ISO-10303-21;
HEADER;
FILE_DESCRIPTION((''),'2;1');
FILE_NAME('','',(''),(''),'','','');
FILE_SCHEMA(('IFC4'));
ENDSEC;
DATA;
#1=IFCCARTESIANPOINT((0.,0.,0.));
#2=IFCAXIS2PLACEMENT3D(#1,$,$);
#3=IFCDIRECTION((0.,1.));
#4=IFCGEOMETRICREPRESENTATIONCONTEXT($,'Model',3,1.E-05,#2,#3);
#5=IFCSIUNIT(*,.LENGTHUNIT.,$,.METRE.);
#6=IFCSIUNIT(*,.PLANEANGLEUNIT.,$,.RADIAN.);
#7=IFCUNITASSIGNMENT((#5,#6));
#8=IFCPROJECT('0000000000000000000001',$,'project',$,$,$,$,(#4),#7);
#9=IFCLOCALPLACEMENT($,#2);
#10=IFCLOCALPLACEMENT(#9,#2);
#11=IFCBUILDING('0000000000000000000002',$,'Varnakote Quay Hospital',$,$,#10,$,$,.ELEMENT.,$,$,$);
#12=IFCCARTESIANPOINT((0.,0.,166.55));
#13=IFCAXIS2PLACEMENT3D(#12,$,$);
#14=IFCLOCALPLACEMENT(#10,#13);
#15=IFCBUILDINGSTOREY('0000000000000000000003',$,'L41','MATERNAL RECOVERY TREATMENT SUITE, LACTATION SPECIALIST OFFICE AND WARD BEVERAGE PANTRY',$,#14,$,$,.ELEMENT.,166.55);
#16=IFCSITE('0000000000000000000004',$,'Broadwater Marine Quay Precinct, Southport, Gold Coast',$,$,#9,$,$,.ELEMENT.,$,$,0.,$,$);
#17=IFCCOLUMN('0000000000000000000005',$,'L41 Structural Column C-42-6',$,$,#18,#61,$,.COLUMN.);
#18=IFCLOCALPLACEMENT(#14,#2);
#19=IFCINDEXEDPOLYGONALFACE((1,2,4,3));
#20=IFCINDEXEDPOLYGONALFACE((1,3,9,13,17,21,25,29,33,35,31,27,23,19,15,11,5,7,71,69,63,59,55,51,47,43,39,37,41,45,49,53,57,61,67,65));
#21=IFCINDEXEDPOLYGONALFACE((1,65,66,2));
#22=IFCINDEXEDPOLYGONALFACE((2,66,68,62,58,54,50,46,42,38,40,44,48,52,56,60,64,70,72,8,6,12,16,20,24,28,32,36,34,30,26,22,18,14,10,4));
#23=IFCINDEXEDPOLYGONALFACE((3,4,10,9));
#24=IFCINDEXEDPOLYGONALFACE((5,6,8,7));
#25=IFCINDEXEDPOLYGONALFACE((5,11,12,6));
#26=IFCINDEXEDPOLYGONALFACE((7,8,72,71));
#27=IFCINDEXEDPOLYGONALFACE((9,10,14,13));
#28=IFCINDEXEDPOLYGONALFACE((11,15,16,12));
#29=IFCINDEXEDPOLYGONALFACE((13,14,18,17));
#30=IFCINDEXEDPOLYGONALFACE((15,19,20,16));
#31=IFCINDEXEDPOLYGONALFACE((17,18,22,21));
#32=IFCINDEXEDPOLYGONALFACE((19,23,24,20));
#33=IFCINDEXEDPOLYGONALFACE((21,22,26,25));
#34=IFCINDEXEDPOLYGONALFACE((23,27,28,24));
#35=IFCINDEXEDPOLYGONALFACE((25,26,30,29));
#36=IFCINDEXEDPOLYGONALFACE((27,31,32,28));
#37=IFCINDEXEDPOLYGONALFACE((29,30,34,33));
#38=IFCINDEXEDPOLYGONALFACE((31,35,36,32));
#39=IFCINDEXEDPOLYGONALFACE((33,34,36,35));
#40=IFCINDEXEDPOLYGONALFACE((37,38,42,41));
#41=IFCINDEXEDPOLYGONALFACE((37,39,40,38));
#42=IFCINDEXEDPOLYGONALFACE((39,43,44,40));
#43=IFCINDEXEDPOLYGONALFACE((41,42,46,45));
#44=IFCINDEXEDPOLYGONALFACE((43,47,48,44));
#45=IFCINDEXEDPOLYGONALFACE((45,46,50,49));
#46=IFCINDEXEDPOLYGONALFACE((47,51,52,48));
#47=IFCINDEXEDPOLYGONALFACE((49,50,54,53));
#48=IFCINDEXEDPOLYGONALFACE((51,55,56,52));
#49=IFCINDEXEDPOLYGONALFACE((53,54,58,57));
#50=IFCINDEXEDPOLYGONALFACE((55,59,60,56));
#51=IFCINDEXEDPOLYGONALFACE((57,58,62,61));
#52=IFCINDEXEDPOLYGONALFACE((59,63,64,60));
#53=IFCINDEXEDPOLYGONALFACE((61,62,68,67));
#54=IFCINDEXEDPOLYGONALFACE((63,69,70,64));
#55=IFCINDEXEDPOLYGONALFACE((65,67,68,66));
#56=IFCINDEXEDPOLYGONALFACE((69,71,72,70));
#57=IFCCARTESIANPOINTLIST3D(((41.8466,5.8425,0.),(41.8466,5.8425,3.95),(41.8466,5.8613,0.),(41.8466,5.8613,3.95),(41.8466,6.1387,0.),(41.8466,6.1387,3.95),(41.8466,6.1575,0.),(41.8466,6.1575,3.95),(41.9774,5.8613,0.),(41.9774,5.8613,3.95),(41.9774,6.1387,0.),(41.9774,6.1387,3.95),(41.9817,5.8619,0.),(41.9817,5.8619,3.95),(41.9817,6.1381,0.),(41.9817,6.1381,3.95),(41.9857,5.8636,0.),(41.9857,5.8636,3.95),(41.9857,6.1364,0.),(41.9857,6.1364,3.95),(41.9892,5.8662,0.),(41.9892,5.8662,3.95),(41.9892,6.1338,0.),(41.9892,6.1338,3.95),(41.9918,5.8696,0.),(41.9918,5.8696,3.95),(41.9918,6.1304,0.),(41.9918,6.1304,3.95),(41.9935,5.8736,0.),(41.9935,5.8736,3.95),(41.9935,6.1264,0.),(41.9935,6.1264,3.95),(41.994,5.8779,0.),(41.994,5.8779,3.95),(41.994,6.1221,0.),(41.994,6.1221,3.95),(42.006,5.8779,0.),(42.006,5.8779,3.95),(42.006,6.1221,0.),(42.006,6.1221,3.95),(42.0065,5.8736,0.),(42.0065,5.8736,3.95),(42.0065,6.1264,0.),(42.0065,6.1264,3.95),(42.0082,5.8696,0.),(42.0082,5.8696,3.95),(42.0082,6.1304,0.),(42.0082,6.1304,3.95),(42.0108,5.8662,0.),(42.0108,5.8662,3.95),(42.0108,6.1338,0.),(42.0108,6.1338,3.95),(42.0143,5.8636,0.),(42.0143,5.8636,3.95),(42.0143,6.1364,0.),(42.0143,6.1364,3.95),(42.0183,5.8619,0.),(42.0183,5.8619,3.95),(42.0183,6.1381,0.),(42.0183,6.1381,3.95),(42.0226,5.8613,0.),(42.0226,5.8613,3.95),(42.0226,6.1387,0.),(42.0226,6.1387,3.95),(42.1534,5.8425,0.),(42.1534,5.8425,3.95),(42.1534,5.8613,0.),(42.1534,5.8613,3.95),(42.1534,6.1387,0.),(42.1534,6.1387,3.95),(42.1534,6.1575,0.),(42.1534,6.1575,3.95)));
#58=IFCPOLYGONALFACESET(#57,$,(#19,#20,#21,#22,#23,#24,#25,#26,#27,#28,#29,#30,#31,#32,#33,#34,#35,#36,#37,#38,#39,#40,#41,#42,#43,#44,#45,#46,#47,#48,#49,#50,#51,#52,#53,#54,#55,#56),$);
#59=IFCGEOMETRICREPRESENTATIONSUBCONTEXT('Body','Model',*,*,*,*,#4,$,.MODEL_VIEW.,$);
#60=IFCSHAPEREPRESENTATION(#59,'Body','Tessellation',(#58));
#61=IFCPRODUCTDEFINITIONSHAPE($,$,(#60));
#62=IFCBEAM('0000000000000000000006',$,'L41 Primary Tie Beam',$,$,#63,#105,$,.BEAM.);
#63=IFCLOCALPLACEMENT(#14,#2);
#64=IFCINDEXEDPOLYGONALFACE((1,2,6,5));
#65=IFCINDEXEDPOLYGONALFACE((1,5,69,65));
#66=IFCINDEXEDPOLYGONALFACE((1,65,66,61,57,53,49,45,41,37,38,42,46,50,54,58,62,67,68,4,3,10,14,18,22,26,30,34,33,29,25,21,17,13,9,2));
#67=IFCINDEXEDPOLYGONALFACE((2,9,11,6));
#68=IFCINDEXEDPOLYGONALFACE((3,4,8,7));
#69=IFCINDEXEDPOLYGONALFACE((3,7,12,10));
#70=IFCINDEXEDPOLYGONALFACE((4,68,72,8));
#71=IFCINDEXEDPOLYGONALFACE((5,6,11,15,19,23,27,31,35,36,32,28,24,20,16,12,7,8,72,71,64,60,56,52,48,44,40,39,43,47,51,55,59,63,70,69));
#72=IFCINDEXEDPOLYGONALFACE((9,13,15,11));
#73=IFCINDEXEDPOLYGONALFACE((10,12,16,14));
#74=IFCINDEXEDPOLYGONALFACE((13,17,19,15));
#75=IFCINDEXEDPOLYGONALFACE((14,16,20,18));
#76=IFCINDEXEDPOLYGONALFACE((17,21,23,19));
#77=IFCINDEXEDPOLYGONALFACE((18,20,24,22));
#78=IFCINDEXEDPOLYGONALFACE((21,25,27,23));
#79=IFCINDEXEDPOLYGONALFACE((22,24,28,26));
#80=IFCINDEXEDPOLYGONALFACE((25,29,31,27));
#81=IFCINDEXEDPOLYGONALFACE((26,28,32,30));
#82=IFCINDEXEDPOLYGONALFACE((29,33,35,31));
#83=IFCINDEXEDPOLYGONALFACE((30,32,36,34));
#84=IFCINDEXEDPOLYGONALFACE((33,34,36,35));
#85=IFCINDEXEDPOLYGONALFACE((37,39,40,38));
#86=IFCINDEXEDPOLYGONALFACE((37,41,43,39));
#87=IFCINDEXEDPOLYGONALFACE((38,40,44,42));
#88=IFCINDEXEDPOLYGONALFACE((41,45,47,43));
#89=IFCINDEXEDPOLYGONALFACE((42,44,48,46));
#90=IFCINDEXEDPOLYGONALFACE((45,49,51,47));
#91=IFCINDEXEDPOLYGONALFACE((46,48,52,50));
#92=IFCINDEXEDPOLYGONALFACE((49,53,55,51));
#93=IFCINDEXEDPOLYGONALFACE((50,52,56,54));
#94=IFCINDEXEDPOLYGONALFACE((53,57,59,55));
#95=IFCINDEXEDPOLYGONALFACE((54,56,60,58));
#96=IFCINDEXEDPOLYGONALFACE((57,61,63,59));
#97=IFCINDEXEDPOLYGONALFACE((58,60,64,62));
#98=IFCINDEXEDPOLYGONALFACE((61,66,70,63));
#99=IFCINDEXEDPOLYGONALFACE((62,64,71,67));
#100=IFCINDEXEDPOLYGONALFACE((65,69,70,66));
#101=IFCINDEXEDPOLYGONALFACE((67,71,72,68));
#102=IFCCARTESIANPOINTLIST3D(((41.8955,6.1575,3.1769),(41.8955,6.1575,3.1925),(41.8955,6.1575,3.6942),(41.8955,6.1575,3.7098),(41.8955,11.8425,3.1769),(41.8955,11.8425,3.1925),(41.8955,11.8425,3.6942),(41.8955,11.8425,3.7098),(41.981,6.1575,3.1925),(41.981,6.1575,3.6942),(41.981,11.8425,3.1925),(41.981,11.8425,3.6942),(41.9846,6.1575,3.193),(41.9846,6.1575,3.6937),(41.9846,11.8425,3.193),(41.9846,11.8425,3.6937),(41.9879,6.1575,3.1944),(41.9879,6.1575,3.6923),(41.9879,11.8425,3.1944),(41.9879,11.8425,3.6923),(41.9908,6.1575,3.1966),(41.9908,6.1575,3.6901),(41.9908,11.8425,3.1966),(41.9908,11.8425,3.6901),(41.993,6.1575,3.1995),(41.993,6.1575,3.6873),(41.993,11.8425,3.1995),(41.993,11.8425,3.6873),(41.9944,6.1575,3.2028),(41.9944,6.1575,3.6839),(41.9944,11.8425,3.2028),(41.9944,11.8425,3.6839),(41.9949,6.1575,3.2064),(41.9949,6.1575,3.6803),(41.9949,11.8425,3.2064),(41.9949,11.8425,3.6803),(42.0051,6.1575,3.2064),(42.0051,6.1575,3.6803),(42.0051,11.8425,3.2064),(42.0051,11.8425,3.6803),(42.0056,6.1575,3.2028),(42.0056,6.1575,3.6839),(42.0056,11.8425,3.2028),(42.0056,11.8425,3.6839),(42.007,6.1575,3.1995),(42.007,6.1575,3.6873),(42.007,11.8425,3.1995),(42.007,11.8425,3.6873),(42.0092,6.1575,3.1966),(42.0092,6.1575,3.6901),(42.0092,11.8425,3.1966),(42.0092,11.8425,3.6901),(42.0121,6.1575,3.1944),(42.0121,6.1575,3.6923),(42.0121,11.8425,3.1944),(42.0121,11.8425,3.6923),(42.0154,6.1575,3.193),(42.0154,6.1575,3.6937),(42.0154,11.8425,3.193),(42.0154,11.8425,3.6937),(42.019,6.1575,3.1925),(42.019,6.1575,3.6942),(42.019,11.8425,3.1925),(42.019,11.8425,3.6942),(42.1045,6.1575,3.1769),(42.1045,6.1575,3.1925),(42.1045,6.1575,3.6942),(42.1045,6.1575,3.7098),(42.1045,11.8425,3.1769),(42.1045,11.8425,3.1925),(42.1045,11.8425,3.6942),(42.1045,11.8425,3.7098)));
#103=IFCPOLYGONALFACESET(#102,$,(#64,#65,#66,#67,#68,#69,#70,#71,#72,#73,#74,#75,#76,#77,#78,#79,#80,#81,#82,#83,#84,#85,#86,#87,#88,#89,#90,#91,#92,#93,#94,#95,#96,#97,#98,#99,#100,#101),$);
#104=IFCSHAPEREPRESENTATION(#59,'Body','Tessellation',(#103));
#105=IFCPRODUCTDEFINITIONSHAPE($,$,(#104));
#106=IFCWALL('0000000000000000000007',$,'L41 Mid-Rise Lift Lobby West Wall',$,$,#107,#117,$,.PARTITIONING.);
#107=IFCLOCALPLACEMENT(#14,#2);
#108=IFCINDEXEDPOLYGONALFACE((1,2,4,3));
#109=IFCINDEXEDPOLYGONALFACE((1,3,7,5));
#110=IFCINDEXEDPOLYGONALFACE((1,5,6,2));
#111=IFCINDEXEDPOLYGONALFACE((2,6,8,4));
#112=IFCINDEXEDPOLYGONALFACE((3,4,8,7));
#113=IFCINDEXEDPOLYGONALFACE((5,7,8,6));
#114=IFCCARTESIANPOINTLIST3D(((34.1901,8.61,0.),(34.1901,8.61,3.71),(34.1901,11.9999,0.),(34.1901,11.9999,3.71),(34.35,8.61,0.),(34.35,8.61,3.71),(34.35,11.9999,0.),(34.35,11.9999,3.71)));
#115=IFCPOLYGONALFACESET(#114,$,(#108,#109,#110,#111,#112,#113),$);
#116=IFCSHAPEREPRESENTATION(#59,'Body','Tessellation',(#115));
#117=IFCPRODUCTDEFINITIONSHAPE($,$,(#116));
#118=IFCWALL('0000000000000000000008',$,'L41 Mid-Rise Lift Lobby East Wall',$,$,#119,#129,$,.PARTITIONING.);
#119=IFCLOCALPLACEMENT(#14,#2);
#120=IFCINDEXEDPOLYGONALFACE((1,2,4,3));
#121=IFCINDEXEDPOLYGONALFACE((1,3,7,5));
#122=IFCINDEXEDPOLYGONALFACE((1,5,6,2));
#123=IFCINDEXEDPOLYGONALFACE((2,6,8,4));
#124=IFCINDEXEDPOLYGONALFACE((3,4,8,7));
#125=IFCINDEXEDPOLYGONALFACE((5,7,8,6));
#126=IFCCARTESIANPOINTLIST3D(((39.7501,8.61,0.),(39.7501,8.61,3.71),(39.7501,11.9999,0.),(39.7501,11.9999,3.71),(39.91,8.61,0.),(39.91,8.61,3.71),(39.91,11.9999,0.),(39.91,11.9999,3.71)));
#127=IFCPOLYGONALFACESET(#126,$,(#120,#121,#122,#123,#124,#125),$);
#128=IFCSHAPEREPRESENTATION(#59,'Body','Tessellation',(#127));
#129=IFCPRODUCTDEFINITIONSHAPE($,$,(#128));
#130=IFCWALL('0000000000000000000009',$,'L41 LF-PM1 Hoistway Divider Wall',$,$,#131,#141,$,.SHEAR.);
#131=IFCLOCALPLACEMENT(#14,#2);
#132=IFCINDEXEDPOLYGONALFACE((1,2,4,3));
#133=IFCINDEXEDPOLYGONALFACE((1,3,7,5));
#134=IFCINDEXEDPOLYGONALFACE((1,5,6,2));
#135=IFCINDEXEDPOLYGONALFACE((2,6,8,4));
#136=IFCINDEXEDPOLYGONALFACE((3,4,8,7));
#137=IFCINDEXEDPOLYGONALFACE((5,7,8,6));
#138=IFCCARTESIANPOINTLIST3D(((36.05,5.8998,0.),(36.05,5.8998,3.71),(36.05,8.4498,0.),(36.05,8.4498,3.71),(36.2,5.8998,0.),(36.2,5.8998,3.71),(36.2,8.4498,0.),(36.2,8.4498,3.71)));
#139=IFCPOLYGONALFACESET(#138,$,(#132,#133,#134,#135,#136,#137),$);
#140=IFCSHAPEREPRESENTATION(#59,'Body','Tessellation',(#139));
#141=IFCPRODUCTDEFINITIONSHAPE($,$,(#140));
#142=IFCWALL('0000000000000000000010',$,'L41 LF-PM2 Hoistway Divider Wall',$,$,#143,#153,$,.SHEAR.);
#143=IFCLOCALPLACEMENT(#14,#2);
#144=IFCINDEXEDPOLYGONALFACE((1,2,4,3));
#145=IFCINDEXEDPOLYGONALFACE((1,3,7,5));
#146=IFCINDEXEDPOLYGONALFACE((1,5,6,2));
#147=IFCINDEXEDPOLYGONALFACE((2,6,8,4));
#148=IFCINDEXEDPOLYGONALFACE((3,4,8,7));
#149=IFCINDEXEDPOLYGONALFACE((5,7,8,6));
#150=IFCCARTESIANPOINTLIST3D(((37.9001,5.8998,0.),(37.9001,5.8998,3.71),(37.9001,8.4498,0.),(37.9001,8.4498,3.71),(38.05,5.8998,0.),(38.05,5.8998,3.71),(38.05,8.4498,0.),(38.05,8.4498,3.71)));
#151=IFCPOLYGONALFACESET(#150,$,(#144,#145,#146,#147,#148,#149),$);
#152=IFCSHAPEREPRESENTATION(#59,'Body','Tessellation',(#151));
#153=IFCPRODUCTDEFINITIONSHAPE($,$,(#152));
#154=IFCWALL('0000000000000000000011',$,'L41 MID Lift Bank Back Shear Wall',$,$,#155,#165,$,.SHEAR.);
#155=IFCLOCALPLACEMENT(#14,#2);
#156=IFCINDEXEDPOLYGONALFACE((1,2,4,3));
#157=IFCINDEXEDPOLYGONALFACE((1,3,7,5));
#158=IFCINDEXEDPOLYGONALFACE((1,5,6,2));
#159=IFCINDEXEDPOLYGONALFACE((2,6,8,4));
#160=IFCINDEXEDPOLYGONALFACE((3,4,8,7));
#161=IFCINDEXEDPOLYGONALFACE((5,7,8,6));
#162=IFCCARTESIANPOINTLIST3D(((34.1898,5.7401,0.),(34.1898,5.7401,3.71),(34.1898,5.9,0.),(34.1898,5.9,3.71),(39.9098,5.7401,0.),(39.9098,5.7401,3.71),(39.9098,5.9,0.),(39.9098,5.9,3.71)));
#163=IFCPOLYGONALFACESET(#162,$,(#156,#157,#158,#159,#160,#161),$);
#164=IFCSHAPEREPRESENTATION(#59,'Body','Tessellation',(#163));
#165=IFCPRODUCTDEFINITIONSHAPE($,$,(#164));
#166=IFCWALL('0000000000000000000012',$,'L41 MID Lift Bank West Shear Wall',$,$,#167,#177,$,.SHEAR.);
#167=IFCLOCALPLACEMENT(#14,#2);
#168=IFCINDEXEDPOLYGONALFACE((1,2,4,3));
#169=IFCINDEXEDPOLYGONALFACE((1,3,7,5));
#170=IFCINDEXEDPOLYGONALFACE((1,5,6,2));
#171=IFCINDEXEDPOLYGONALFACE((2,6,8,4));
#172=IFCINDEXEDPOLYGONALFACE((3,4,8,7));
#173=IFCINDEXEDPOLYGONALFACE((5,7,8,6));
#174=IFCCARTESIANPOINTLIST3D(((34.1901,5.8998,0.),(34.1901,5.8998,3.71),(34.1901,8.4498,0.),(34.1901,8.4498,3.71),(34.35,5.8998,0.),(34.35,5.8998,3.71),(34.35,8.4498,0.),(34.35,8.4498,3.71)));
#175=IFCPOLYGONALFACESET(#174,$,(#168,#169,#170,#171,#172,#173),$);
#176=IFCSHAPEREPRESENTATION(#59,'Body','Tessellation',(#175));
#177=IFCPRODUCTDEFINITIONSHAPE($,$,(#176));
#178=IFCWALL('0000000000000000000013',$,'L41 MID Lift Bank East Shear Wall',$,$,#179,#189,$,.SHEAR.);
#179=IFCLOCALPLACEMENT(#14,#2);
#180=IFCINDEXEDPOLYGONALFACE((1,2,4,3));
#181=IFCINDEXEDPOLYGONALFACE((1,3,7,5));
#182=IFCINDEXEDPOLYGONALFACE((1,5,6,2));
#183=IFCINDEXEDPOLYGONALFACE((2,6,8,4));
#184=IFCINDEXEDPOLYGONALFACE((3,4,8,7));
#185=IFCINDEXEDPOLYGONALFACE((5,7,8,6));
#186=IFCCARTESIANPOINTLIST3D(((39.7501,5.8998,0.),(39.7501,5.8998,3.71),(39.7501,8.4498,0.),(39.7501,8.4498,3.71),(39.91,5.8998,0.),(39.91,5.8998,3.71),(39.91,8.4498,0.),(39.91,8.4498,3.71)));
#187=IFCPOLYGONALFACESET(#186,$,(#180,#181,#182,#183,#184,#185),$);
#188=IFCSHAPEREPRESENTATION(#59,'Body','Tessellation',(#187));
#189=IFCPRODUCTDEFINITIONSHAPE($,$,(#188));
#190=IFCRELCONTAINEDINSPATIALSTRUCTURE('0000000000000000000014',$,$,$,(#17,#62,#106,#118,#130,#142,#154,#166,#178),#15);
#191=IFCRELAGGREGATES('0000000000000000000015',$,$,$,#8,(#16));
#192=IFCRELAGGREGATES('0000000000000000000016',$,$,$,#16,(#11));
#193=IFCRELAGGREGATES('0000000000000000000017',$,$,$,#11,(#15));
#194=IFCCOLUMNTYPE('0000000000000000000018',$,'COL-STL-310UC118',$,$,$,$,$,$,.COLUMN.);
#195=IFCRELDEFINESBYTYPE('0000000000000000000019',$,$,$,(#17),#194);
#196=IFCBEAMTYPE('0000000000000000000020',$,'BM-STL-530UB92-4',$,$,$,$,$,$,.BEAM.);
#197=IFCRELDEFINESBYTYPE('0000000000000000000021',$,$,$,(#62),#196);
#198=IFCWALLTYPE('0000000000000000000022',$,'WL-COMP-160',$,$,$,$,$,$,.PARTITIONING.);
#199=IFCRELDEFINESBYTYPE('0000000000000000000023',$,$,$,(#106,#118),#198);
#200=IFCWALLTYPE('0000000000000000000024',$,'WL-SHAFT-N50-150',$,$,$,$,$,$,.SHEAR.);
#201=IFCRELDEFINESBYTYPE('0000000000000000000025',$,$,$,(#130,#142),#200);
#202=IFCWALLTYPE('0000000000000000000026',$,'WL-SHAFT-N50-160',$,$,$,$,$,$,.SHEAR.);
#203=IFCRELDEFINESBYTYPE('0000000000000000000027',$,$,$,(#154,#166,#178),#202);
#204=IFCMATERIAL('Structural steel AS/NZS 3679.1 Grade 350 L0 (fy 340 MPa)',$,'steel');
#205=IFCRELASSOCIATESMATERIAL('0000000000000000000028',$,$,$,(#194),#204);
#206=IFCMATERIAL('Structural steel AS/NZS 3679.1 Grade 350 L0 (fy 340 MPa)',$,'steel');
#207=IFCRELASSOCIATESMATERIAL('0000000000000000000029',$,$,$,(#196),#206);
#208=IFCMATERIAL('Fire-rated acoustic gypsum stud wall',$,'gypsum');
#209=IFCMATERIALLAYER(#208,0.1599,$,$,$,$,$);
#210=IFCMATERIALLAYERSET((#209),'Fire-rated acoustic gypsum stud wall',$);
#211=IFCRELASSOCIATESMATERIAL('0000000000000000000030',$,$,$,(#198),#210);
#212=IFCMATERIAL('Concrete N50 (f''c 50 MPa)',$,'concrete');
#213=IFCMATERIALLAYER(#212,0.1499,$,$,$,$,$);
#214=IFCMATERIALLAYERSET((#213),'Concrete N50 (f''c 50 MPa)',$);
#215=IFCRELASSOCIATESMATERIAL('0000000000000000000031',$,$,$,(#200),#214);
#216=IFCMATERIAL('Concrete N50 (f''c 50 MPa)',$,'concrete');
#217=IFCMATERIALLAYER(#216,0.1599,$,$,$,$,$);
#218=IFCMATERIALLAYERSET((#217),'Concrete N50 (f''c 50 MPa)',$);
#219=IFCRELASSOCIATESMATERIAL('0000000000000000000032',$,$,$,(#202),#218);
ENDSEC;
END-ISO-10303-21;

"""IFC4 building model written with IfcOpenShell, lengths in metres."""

from ifc_helpers import new_model, si_unit, direction, frame, frame_2d, origin, origin_2d, place, context, subcontext, project, spatial, rectangle, i_section, extrude, material, layer, layer_set, material_profile, profile_set, type_object, element, save


model = new_model("IFC4")

# Units and contexts
model_context = context("Model", 3, precision=1e-05, world=origin(), true_north=direction((0.0, 1.0)))
body_context = subcontext(model_context, "Body", "Model", "MODEL_VIEW")
ifc_project = project(units=[si_unit("LENGTHUNIT", "METRE"), si_unit("PLANEANGLEUNIT", "RADIAN")], contexts=[model_context])

# Site, building, storey
site_placement = place(None, origin())
site = spatial("IfcSite", under=ifc_project, at=site_placement, Name="Broadwater Marine Quay Precinct, Southport, Gold Coast", CompositionType="ELEMENT", RefElevation=0.0)
building_placement = place(site_placement, origin())
building = spatial("IfcBuilding", under=site, at=building_placement, Name="Varnakote Quay Hospital", CompositionType="ELEMENT")
storey_placement = place(building_placement, frame((0.0, 0.0, 166.55)))
storey = spatial("IfcBuildingStorey", under=building, at=storey_placement, Name="L41", Description="MATERNAL RECOVERY TREATMENT SUITE, LACTATION SPECIALIST OFFICE AND WARD BEVERAGE PANTRY", CompositionType="ELEMENT", Elevation=166.55)

# Column
ifc_material_1 = material(Name="Structural steel AS/NZS 3679.1 Grade 350 L0 (fy 340 MPa)", Category="steel")
ifc_material_profile_1 = material_profile(ifc_material_1, i_section(OverallWidth=0.3069, OverallDepth=0.3149, WebThickness=0.012, FlangeThickness=0.0188, FilletRadius=0.0166, at=origin_2d()), Name="310UC118")
ifc_profile_set_1 = profile_set([ifc_material_profile_1], Name="Structural steel AS/NZS 3679.1 Grade 350 L0 (fy 340 MPa)")
column_type = type_object("IfcColumnType", Name="COL-STL-310UC118", PredefinedType="COLUMN", material=ifc_profile_set_1)
column_placement = place(storey_placement, frame((42.0, 6.0, 0.0), z_axis=(0.0, 0.0, 1.0), x_axis=(1.0, 0.0, 0.0)))
element("IfcColumn", 1, at=column_placement, inside=storey, type_object=column_type, Name="L41 Structural Column C-42-6", PredefinedType="COLUMN", context=body_context, shape_type="SweptSolid", body=[
    extrude(i_section(OverallWidth=0.3069, OverallDepth=0.3149, WebThickness=0.012, FlangeThickness=0.0188, FilletRadius=0.0166, at=origin_2d()), origin(), (0.0, 0.0, 1.0), 3.95),
])

# Beam
ifc_material_2 = material(Name="Structural steel AS/NZS 3679.1 Grade 350 L0 (fy 340 MPa)", Category="steel")
ifc_material_profile_2 = material_profile(ifc_material_2, i_section(OverallWidth=0.209, OverallDepth=0.533, WebThickness=0.0103, FlangeThickness=0.0156, FilletRadius=0.0139, at=origin_2d()), Name="530UB92.4")
ifc_profile_set_2 = profile_set([ifc_material_profile_2], Name="Structural steel AS/NZS 3679.1 Grade 350 L0 (fy 340 MPa)")
beam_type = type_object("IfcBeamType", Name="BM-STL-530UB92-4", PredefinedType="BEAM", material=ifc_profile_set_2)
beam_placement = place(storey_placement, frame((42.0, 6.1575, 3.4434), z_axis=(0.0, 1.0, 0.0), x_axis=(-1.0, 0.0, 0.0)))
element("IfcBeam", 2, at=beam_placement, inside=storey, type_object=beam_type, Name="L41 Primary Tie Beam", PredefinedType="BEAM", context=body_context, shape_type="SweptSolid", body=[
    extrude(i_section(OverallWidth=0.209, OverallDepth=0.533, WebThickness=0.0103, FlangeThickness=0.0156, FilletRadius=0.0139, at=origin_2d()), origin(), (0.0, 0.0, 1.0), 5.6851),
])

# Walls
ifc_material_3 = material(Name="Fire-rated acoustic gypsum stud wall", Category="gypsum")
ifc_layer_1 = layer(ifc_material_3, 0.1599)
ifc_layer_set_1 = layer_set([ifc_layer_1], Name="Fire-rated acoustic gypsum stud wall")
wall_type_1 = type_object("IfcWallType", Name="WL-COMP-160", PredefinedType="PARTITIONING", material=ifc_layer_set_1)
for number, where, z_axis, x_axis, name in (
    (3, (34.27, 8.6101, 0.0), (0.0, 0.0, 1.0), (0.0, 1.0, 0.0), "L41 Mid-Rise Lift Lobby West Wall"),
    (4, (39.8301, 8.6101, 0.0), (0.0, 0.0, 1.0), (0.0, 1.0, 0.0), "L41 Mid-Rise Lift Lobby East Wall"),
):
    element("IfcWall", number, at=place(storey_placement, frame(where, z_axis=z_axis, x_axis=x_axis)), inside=storey, type_object=wall_type_1, Name=name, PredefinedType="PARTITIONING", context=body_context, shape_type="SweptSolid", body=[
        extrude(rectangle(XDim=3.3899, YDim=0.1599, at=frame_2d((1.6948, 0.0))), origin(), (0.0, 0.0, 1.0), 3.71),
    ])
ifc_material_4 = material(Name="Concrete N50 (f'c 50 MPa)", Category="concrete")
ifc_layer_2 = layer(ifc_material_4, 0.1499)
ifc_layer_set_2 = layer_set([ifc_layer_2], Name="Concrete N50 (f'c 50 MPa)")
wall_type_2 = type_object("IfcWallType", Name="WL-SHAFT-N50-150", PredefinedType="SHEAR", material=ifc_layer_set_2)
for number, where, z_axis, x_axis, name in (
    (5, (36.125, 5.8999, 0.0), (0.0, 0.0, 1.0), (0.0, 1.0, 0.0), "L41 LF-PM1 Hoistway Divider Wall"),
    (6, (37.9751, 5.8999, 0.0), (0.0, 0.0, 1.0), (0.0, 1.0, 0.0), "L41 LF-PM2 Hoistway Divider Wall"),
):
    element("IfcWall", number, at=place(storey_placement, frame(where, z_axis=z_axis, x_axis=x_axis)), inside=storey, type_object=wall_type_2, Name=name, PredefinedType="SHEAR", context=body_context, shape_type="SweptSolid", body=[
        extrude(rectangle(XDim=2.55, YDim=0.1499, at=frame_2d((1.2749, 0.0))), origin(), (0.0, 0.0, 1.0), 3.71),
    ])
ifc_material_5 = material(Name="Concrete N50 (f'c 50 MPa)", Category="concrete")
ifc_layer_3 = layer(ifc_material_5, 0.1599)
ifc_layer_set_3 = layer_set([ifc_layer_3], Name="Concrete N50 (f'c 50 MPa)")
wall_type_3 = type_object("IfcWallType", Name="WL-SHAFT-N50-160", PredefinedType="SHEAR", material=ifc_layer_set_3)
wall_1_placement = place(storey_placement, frame((34.1899, 5.8201, 0.0), z_axis=(0.0, 0.0, 1.0), x_axis=(1.0, 0.0, 0.0)))
element("IfcWall", 7, at=wall_1_placement, inside=storey, type_object=wall_type_3, Name="L41 MID Lift Bank Back Shear Wall", PredefinedType="SHEAR", context=body_context, shape_type="SweptSolid", body=[
    extrude(rectangle(XDim=5.72, YDim=0.1599, at=frame_2d((2.8599, 0.0))), origin(), (0.0, 0.0, 1.0), 3.71),
])
for number, where, z_axis, x_axis, name in (
    (8, (34.27, 5.8999, 0.0), (0.0, 0.0, 1.0), (0.0, 1.0, 0.0), "L41 MID Lift Bank West Shear Wall"),
    (9, (39.8301, 5.8999, 0.0), (0.0, 0.0, 1.0), (0.0, 1.0, 0.0), "L41 MID Lift Bank East Shear Wall"),
):
    element("IfcWall", number, at=place(storey_placement, frame(where, z_axis=z_axis, x_axis=x_axis)), inside=storey, type_object=wall_type_3, Name=name, PredefinedType="SHEAR", context=body_context, shape_type="SweptSolid", body=[
        extrude(rectangle(XDim=2.55, YDim=0.1599, at=frame_2d((1.2749, 0.0))), origin(), (0.0, 0.0, 1.0), 3.71),
    ])

save(model, "model.ifc")
